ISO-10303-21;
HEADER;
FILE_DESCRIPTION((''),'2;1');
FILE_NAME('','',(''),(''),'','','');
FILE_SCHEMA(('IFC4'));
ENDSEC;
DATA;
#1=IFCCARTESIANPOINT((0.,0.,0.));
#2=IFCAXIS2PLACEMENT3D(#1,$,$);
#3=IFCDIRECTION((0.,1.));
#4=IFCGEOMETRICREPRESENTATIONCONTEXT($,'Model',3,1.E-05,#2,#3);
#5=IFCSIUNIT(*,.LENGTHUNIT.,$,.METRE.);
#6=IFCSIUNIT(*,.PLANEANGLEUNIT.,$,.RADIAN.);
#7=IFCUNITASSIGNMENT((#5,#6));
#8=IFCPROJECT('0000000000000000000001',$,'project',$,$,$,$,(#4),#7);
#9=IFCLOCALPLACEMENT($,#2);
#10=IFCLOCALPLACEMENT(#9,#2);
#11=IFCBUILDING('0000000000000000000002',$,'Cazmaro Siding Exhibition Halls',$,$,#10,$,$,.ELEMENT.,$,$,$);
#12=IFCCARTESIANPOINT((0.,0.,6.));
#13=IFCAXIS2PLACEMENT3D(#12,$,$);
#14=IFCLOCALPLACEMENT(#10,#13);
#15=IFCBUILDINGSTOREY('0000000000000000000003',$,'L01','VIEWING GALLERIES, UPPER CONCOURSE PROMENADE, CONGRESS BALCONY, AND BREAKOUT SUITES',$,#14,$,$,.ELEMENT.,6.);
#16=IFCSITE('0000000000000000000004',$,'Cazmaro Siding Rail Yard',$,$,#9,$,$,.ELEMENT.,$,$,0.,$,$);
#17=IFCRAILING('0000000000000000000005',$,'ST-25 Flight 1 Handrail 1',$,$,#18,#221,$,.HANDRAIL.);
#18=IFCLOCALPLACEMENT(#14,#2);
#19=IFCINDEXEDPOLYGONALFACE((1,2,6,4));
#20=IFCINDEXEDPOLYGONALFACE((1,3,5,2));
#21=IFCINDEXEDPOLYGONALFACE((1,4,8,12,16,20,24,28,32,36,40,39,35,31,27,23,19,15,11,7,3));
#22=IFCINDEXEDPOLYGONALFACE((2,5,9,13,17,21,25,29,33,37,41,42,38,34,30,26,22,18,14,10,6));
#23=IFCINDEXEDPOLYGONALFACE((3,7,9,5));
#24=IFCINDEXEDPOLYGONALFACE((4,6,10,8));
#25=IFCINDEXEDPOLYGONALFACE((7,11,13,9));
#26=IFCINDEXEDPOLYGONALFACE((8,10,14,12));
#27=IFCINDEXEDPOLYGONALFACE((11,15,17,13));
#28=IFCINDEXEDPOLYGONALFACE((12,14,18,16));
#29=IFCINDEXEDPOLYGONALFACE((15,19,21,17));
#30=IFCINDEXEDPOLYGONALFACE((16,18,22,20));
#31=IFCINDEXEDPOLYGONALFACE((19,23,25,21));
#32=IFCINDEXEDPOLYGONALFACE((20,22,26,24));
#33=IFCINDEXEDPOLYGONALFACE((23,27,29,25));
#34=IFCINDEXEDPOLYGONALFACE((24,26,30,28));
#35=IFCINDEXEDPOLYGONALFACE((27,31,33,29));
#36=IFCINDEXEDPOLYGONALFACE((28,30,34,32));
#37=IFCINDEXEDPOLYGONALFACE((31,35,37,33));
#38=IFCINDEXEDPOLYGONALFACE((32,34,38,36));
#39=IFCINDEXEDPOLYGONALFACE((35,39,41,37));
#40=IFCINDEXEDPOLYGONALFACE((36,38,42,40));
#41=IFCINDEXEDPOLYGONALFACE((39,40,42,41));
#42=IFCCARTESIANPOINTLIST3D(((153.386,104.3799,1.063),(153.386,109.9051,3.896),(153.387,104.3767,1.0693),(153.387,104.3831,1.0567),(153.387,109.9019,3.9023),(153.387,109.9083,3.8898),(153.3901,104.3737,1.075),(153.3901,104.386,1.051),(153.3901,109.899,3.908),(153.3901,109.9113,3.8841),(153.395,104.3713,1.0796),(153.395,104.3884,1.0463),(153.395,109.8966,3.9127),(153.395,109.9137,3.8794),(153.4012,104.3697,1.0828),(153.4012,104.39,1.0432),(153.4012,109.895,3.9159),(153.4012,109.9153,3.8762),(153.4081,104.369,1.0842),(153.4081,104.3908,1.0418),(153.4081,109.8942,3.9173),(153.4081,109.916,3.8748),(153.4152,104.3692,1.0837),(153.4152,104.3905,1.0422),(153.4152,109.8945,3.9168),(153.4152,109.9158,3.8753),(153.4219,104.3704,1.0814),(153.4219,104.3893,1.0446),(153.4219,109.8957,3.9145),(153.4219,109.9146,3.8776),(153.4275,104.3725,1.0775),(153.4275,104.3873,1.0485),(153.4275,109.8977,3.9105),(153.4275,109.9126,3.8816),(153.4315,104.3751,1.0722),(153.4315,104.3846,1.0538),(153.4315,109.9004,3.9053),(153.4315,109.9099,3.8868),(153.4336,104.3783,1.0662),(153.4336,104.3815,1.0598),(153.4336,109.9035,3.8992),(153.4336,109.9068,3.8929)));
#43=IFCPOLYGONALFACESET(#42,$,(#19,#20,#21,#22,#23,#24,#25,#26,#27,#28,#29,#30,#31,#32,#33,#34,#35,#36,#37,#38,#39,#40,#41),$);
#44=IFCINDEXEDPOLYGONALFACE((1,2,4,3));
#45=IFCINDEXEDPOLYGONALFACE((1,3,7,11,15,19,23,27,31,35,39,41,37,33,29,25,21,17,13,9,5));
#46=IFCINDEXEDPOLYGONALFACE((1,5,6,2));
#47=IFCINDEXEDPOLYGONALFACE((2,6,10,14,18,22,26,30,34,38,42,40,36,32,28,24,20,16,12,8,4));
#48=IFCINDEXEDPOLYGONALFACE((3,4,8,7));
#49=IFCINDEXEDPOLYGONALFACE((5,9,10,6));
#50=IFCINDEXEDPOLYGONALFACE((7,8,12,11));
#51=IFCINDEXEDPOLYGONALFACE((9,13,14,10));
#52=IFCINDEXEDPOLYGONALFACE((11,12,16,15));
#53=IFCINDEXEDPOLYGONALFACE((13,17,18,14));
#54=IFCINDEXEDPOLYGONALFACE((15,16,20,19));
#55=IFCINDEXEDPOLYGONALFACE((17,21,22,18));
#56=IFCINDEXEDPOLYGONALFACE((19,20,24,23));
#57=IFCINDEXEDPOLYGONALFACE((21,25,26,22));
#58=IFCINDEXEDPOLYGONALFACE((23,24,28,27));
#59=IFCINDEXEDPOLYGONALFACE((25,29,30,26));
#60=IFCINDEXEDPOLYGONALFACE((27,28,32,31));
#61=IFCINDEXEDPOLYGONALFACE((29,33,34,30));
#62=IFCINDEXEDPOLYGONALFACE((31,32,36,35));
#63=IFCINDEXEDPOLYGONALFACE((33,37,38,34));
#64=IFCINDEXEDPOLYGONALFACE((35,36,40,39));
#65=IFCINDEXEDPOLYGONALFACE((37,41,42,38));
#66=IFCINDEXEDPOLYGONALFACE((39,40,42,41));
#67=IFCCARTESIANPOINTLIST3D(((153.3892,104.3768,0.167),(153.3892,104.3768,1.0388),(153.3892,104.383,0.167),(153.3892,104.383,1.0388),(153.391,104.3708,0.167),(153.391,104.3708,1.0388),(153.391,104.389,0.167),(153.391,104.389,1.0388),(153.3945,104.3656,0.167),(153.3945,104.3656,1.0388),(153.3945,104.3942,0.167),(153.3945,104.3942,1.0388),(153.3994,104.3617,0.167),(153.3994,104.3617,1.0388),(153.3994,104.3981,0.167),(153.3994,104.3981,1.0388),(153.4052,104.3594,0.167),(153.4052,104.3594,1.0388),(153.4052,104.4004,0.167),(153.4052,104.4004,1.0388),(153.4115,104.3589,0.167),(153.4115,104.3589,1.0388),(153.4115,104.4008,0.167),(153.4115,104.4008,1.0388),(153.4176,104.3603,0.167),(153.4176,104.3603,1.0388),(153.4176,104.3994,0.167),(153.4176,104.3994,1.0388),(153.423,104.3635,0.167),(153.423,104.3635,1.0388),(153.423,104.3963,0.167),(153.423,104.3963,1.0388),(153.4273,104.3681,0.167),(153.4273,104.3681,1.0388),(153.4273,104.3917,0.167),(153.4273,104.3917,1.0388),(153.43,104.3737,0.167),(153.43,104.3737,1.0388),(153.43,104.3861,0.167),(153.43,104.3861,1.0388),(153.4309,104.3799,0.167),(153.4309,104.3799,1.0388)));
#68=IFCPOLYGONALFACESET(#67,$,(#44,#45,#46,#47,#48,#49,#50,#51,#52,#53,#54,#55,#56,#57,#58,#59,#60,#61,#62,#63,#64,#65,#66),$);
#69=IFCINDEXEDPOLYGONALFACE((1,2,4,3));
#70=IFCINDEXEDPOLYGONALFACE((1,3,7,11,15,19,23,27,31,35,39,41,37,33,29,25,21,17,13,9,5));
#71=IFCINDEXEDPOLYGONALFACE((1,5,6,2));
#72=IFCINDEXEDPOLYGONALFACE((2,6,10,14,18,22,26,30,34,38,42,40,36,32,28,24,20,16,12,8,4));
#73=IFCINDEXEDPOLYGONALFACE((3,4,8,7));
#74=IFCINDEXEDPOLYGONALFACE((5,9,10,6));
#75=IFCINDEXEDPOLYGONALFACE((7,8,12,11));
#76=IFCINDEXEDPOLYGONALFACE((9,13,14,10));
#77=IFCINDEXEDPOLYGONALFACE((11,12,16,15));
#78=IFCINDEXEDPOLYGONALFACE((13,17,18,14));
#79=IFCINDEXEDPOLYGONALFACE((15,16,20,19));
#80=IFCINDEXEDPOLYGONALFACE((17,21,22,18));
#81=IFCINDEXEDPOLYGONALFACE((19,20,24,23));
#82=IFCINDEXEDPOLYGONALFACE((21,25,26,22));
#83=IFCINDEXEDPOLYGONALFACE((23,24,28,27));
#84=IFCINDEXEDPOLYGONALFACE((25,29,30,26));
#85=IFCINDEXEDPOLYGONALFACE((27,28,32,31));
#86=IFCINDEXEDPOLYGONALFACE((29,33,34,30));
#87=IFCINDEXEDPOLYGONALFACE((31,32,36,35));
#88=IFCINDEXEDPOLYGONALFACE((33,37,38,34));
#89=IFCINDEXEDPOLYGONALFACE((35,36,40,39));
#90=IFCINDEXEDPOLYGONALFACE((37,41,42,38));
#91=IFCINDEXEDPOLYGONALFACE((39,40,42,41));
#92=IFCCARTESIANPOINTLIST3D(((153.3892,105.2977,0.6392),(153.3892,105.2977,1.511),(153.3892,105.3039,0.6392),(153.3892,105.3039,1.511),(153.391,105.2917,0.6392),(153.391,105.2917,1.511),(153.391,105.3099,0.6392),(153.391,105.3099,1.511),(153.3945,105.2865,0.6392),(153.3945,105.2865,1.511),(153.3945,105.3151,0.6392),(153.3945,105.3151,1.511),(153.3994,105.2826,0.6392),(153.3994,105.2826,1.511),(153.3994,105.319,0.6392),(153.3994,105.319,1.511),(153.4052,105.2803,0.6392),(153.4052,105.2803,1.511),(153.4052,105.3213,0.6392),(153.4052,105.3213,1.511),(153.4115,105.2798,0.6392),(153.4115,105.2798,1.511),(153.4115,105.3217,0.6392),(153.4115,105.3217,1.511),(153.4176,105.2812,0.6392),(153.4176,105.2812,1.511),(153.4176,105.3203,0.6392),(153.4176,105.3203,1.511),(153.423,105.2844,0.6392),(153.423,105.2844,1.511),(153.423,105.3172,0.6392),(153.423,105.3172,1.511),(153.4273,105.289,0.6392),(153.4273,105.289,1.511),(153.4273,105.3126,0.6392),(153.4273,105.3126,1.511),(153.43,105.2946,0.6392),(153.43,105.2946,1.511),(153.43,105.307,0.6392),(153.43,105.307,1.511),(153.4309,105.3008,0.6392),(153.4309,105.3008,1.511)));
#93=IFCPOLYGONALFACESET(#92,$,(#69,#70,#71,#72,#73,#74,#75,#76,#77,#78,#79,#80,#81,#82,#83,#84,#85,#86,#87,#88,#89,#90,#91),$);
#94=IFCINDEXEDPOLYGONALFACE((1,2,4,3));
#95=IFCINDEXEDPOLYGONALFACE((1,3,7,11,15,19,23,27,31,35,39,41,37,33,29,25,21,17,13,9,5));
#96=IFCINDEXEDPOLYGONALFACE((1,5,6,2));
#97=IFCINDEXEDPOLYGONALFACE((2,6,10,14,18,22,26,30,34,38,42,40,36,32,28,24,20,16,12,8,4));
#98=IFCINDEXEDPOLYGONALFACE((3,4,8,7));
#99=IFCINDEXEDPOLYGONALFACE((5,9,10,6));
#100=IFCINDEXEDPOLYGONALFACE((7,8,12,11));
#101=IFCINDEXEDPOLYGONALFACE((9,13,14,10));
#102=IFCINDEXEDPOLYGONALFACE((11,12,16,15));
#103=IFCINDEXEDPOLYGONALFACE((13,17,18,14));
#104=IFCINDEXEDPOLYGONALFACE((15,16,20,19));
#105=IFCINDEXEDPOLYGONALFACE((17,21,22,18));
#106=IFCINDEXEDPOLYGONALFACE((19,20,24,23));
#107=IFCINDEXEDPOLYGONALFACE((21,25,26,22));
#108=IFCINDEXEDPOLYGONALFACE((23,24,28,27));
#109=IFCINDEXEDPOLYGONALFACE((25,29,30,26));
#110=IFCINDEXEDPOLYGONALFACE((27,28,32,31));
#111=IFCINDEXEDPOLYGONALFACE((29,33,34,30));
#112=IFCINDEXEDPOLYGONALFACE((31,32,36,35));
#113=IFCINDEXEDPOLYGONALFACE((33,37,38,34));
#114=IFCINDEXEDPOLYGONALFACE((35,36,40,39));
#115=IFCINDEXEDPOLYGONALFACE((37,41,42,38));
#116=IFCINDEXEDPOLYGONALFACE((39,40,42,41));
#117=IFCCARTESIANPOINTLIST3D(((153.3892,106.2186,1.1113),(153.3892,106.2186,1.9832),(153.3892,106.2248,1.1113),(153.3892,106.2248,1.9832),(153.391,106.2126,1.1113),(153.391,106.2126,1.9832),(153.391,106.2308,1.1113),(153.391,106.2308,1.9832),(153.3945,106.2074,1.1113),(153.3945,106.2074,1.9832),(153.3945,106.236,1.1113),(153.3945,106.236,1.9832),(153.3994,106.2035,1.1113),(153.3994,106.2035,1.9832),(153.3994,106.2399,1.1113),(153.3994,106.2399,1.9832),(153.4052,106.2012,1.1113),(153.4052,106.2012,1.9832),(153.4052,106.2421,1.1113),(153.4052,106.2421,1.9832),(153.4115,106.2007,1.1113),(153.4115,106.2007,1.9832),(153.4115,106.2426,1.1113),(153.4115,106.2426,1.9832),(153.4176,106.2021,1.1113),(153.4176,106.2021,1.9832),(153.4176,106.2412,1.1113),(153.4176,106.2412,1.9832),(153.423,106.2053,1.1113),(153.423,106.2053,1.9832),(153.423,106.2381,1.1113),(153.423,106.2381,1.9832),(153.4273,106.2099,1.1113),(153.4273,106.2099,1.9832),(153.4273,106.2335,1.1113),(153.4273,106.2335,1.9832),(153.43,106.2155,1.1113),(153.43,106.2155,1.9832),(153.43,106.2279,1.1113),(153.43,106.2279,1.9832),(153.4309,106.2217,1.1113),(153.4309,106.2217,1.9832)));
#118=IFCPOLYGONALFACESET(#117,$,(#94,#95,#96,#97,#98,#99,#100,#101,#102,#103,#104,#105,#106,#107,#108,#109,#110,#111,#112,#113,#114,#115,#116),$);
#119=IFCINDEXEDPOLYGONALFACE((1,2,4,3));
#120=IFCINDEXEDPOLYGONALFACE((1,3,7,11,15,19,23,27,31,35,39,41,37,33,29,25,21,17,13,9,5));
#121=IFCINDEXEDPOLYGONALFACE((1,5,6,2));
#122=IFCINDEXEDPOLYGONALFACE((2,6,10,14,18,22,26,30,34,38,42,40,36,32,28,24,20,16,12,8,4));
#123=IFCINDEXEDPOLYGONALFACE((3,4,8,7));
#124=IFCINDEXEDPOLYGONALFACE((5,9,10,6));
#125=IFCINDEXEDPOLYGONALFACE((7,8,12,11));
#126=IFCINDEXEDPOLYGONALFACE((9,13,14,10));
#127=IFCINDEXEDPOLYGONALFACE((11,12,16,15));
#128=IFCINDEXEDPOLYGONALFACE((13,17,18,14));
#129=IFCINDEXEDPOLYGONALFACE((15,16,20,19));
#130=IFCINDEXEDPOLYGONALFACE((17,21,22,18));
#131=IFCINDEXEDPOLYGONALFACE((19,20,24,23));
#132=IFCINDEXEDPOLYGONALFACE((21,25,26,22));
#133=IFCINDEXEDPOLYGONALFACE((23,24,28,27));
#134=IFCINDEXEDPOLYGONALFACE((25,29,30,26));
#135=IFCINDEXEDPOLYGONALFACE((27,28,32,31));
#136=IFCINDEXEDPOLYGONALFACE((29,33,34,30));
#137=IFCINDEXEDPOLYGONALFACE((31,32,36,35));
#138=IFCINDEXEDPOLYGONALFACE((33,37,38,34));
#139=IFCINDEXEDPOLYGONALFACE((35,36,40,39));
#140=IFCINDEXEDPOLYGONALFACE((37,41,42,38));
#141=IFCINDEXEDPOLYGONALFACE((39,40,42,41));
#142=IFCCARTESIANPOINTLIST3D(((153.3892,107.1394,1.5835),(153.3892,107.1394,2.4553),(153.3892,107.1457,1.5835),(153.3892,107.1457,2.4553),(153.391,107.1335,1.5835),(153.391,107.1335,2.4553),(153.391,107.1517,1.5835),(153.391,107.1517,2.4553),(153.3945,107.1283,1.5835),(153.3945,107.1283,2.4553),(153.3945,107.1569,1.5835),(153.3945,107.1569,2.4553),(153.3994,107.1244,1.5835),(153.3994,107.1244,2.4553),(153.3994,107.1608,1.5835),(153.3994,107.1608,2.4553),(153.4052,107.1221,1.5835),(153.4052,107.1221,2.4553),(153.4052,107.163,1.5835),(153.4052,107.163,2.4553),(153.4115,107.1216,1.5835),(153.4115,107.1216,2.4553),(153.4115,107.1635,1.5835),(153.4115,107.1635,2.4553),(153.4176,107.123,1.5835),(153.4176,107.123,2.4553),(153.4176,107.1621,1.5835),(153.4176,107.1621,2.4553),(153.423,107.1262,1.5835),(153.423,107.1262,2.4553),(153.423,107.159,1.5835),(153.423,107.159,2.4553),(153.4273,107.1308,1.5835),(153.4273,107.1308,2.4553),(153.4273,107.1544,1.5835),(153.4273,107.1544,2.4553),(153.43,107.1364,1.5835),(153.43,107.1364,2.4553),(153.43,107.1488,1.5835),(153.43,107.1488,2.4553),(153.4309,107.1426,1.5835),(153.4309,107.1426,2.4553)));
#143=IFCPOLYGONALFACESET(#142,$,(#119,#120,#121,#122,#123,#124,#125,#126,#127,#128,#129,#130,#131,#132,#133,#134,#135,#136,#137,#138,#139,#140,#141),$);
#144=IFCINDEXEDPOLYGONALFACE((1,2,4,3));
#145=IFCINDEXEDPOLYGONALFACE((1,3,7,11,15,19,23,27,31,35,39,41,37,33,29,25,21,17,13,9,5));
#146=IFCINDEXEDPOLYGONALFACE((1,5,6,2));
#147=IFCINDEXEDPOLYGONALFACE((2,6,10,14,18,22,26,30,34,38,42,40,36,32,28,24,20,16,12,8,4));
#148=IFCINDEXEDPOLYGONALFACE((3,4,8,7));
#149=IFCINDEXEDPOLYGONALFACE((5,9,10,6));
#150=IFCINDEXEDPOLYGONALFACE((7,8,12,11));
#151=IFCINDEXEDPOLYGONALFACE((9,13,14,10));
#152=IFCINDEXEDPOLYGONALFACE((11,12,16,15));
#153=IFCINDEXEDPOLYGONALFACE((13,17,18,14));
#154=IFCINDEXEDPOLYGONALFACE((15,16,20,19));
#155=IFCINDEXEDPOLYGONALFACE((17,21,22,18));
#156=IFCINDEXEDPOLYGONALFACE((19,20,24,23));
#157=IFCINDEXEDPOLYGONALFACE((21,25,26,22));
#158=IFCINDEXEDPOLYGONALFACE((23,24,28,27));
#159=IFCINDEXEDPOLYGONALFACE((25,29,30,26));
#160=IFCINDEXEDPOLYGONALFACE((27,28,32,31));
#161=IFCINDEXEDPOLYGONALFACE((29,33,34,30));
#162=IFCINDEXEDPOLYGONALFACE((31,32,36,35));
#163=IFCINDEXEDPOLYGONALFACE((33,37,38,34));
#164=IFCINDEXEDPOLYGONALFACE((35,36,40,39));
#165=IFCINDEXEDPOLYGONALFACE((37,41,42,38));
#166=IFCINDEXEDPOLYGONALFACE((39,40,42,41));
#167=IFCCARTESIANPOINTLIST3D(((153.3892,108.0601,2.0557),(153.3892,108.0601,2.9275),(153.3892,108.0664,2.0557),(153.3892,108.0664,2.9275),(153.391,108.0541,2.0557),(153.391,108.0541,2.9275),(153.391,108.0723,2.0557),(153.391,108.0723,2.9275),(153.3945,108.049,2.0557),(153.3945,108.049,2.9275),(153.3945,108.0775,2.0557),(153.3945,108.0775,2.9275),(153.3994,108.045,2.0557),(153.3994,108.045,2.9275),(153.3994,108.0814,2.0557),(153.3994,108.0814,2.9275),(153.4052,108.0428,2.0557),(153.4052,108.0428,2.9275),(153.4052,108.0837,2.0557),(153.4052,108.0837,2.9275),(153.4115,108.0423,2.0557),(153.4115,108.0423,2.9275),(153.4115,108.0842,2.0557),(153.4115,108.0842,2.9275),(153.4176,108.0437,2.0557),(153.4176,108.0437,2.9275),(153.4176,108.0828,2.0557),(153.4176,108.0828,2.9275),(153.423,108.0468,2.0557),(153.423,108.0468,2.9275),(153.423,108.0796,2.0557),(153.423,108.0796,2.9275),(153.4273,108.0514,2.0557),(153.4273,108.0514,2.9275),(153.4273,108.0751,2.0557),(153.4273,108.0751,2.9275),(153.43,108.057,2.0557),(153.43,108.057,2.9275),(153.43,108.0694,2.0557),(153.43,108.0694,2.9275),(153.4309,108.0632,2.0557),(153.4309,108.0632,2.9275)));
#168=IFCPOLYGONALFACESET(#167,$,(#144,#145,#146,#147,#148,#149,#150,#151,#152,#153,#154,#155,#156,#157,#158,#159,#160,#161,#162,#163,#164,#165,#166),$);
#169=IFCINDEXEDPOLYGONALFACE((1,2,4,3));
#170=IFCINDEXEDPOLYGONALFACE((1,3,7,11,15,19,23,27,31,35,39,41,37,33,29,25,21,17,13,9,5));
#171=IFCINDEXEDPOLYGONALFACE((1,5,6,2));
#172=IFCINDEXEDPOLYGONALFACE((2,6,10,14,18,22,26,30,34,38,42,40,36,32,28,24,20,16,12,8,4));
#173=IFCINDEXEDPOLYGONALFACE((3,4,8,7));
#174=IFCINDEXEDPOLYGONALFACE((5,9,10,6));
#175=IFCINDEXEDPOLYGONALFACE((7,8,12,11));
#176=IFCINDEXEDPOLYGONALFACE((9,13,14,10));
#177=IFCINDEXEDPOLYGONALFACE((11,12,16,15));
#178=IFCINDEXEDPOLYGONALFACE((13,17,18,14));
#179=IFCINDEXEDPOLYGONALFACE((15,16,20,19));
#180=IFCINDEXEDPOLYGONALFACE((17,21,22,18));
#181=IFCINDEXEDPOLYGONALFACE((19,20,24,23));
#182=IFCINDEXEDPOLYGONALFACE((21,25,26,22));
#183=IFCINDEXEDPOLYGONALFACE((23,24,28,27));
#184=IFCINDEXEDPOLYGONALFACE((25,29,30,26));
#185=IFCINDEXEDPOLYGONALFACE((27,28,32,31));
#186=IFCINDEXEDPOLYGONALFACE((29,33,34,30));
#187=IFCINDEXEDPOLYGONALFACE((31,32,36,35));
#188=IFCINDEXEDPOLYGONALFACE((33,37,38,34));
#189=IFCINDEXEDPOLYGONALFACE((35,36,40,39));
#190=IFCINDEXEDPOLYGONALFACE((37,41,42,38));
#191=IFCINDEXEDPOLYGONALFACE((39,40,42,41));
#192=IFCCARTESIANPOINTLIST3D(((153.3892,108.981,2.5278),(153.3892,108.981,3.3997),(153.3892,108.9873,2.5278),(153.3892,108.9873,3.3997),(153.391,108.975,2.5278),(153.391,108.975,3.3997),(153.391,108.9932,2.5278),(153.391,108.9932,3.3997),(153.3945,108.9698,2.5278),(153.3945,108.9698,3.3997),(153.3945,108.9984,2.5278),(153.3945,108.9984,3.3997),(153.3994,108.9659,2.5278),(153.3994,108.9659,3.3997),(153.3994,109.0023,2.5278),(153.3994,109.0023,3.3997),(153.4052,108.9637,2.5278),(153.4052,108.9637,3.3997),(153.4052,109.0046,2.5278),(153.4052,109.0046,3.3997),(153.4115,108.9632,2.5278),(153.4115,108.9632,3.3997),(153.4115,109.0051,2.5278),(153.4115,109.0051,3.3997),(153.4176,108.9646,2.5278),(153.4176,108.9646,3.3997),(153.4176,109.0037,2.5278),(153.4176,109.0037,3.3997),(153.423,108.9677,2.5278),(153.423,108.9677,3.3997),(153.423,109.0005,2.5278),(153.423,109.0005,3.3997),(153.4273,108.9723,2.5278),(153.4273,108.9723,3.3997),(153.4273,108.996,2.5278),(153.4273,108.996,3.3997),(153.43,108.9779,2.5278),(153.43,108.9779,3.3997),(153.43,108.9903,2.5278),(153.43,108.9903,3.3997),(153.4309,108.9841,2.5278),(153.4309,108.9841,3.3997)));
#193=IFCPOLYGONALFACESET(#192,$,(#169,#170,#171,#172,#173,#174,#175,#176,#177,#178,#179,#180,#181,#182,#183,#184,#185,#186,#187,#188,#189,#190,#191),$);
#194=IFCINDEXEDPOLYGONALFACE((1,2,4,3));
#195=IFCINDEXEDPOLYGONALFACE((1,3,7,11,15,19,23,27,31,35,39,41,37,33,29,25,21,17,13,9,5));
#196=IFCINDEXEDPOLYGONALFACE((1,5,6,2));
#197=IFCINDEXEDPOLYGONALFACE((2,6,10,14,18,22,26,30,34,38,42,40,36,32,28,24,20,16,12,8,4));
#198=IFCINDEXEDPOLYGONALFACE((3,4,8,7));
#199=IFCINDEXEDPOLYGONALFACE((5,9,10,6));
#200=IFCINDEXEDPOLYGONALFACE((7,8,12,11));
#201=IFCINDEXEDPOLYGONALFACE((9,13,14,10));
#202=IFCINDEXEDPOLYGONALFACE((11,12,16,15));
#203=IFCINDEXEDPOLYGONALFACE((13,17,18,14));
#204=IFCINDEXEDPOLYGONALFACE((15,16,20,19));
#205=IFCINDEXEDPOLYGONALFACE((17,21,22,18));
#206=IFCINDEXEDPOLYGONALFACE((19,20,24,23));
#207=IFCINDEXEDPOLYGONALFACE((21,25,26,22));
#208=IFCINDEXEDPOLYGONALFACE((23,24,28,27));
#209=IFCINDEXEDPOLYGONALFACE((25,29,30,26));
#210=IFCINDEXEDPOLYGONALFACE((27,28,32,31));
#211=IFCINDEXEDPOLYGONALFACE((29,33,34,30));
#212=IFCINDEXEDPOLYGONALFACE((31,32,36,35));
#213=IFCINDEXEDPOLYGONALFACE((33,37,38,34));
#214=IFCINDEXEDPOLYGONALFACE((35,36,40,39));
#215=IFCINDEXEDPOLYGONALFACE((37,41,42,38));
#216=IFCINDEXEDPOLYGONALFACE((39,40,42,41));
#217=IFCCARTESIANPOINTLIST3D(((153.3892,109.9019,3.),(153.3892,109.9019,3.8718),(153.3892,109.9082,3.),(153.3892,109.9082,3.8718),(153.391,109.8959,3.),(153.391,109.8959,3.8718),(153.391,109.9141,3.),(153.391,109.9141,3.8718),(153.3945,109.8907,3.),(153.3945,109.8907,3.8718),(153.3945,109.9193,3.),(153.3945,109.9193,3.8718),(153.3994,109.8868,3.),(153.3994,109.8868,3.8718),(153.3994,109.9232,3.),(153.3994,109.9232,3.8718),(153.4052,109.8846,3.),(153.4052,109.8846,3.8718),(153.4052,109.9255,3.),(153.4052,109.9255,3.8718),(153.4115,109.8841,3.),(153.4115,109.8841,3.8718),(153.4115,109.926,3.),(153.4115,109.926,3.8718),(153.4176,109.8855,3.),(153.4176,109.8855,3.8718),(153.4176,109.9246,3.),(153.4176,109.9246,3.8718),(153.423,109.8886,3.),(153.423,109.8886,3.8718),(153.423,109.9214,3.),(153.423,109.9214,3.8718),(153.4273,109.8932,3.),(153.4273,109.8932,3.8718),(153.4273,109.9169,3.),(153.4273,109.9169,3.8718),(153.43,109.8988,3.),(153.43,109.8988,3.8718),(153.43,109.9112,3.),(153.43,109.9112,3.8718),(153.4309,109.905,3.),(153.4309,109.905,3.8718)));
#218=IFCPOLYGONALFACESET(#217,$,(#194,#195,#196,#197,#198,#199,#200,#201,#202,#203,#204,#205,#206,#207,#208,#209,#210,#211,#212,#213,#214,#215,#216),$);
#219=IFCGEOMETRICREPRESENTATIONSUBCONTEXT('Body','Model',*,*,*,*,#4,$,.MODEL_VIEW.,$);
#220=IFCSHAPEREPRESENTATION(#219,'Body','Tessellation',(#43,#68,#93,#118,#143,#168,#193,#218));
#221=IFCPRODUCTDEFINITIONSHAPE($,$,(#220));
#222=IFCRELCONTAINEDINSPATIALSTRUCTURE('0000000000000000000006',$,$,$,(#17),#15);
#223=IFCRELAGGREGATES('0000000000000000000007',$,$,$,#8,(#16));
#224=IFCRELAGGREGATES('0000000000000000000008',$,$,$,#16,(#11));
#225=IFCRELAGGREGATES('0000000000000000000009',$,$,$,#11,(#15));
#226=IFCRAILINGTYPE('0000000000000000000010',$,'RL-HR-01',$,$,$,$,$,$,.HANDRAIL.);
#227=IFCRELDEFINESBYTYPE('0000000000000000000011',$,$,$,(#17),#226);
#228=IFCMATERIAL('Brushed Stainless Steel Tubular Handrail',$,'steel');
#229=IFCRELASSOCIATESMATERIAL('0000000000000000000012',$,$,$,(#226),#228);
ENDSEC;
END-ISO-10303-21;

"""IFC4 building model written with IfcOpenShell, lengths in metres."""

from ifc_helpers import new_model, si_unit, direction, frame, origin, origin_2d, place, context, subcontext, project, spatial, circle, extrude, material, type_object, element, save


model = new_model("IFC4")

# Units and contexts
model_context = context("Model", 3, precision=1e-05, world=origin(), true_north=direction((0.0, 1.0)))
body_context = subcontext(model_context, "Body", "Model", "MODEL_VIEW")
ifc_project = project(units=[si_unit("LENGTHUNIT", "METRE"), si_unit("PLANEANGLEUNIT", "RADIAN")], contexts=[model_context])

# Site, building, storey
site_placement = place(None, origin())
site = spatial("IfcSite", under=ifc_project, at=site_placement, Name="Cazmaro Siding Rail Yard", CompositionType="ELEMENT", RefElevation=0.0)
building_placement = place(site_placement, origin())
building = spatial("IfcBuilding", under=site, at=building_placement, Name="Cazmaro Siding Exhibition Halls", CompositionType="ELEMENT")
storey_placement = place(building_placement, frame((0.0, 0.0, 6.0)))
storey = spatial("IfcBuildingStorey", under=building, at=storey_placement, Name="L01", Description="VIEWING GALLERIES, UPPER CONCOURSE PROMENADE, CONGRESS BALCONY, AND BREAKOUT SUITES", CompositionType="ELEMENT", Elevation=6.0)

# Railing
ifc_material_1 = material(Name="Brushed Stainless Steel Tubular Handrail", Category="steel")
railing_type_1 = type_object("IfcRailingType", Name="RL-HR-01", PredefinedType="HANDRAIL", material=ifc_material_1)
railing_1_placement = place(storey_placement, frame((153.4099, 104.3799, 0.167)))
element("IfcRailing", 1, at=railing_1_placement, inside=storey, type_object=railing_type_1, Name="ST-25 Flight 1 Handrail 1", PredefinedType="HANDRAIL", context=body_context, shape_type="SweptSolid", body=[
    extrude(circle(Radius=0.0239, at=origin_2d()), frame((0.0, 0.0, 0.896), z_axis=(0.0, 0.889844, 0.456266), x_axis=(-1.0, 0.0, 0.0)), (0.0, 0.0, 1.0), 6.2092),
    extrude(circle(Radius=0.021, at=origin_2d()), origin(), (0.0, 0.0, 1.0), 0.8718),
    extrude(circle(Radius=0.021, at=origin_2d()), frame((0.0, 0.9209, 0.4722)), (0.0, 0.0, 1.0), 0.8718),
    extrude(circle(Radius=0.021, at=origin_2d()), frame((0.0, 1.8418, 0.9443)), (0.0, 0.0, 1.0), 0.8718),
    extrude(circle(Radius=0.021, at=origin_2d()), frame((0.0, 2.7627, 1.4165)), (0.0, 0.0, 1.0), 0.8718),
    extrude(circle(Radius=0.021, at=origin_2d()), frame((0.0, 3.6833, 1.8887)), (0.0, 0.0, 1.0), 0.8718),
    extrude(circle(Radius=0.021, at=origin_2d()), frame((0.0, 4.6042, 2.3608)), (0.0, 0.0, 1.0), 0.8718),
    extrude(circle(Radius=0.021, at=origin_2d()), frame((0.0, 5.5251, 2.833)), (0.0, 0.0, 1.0), 0.8718),
])

save(model, "model.ifc")
